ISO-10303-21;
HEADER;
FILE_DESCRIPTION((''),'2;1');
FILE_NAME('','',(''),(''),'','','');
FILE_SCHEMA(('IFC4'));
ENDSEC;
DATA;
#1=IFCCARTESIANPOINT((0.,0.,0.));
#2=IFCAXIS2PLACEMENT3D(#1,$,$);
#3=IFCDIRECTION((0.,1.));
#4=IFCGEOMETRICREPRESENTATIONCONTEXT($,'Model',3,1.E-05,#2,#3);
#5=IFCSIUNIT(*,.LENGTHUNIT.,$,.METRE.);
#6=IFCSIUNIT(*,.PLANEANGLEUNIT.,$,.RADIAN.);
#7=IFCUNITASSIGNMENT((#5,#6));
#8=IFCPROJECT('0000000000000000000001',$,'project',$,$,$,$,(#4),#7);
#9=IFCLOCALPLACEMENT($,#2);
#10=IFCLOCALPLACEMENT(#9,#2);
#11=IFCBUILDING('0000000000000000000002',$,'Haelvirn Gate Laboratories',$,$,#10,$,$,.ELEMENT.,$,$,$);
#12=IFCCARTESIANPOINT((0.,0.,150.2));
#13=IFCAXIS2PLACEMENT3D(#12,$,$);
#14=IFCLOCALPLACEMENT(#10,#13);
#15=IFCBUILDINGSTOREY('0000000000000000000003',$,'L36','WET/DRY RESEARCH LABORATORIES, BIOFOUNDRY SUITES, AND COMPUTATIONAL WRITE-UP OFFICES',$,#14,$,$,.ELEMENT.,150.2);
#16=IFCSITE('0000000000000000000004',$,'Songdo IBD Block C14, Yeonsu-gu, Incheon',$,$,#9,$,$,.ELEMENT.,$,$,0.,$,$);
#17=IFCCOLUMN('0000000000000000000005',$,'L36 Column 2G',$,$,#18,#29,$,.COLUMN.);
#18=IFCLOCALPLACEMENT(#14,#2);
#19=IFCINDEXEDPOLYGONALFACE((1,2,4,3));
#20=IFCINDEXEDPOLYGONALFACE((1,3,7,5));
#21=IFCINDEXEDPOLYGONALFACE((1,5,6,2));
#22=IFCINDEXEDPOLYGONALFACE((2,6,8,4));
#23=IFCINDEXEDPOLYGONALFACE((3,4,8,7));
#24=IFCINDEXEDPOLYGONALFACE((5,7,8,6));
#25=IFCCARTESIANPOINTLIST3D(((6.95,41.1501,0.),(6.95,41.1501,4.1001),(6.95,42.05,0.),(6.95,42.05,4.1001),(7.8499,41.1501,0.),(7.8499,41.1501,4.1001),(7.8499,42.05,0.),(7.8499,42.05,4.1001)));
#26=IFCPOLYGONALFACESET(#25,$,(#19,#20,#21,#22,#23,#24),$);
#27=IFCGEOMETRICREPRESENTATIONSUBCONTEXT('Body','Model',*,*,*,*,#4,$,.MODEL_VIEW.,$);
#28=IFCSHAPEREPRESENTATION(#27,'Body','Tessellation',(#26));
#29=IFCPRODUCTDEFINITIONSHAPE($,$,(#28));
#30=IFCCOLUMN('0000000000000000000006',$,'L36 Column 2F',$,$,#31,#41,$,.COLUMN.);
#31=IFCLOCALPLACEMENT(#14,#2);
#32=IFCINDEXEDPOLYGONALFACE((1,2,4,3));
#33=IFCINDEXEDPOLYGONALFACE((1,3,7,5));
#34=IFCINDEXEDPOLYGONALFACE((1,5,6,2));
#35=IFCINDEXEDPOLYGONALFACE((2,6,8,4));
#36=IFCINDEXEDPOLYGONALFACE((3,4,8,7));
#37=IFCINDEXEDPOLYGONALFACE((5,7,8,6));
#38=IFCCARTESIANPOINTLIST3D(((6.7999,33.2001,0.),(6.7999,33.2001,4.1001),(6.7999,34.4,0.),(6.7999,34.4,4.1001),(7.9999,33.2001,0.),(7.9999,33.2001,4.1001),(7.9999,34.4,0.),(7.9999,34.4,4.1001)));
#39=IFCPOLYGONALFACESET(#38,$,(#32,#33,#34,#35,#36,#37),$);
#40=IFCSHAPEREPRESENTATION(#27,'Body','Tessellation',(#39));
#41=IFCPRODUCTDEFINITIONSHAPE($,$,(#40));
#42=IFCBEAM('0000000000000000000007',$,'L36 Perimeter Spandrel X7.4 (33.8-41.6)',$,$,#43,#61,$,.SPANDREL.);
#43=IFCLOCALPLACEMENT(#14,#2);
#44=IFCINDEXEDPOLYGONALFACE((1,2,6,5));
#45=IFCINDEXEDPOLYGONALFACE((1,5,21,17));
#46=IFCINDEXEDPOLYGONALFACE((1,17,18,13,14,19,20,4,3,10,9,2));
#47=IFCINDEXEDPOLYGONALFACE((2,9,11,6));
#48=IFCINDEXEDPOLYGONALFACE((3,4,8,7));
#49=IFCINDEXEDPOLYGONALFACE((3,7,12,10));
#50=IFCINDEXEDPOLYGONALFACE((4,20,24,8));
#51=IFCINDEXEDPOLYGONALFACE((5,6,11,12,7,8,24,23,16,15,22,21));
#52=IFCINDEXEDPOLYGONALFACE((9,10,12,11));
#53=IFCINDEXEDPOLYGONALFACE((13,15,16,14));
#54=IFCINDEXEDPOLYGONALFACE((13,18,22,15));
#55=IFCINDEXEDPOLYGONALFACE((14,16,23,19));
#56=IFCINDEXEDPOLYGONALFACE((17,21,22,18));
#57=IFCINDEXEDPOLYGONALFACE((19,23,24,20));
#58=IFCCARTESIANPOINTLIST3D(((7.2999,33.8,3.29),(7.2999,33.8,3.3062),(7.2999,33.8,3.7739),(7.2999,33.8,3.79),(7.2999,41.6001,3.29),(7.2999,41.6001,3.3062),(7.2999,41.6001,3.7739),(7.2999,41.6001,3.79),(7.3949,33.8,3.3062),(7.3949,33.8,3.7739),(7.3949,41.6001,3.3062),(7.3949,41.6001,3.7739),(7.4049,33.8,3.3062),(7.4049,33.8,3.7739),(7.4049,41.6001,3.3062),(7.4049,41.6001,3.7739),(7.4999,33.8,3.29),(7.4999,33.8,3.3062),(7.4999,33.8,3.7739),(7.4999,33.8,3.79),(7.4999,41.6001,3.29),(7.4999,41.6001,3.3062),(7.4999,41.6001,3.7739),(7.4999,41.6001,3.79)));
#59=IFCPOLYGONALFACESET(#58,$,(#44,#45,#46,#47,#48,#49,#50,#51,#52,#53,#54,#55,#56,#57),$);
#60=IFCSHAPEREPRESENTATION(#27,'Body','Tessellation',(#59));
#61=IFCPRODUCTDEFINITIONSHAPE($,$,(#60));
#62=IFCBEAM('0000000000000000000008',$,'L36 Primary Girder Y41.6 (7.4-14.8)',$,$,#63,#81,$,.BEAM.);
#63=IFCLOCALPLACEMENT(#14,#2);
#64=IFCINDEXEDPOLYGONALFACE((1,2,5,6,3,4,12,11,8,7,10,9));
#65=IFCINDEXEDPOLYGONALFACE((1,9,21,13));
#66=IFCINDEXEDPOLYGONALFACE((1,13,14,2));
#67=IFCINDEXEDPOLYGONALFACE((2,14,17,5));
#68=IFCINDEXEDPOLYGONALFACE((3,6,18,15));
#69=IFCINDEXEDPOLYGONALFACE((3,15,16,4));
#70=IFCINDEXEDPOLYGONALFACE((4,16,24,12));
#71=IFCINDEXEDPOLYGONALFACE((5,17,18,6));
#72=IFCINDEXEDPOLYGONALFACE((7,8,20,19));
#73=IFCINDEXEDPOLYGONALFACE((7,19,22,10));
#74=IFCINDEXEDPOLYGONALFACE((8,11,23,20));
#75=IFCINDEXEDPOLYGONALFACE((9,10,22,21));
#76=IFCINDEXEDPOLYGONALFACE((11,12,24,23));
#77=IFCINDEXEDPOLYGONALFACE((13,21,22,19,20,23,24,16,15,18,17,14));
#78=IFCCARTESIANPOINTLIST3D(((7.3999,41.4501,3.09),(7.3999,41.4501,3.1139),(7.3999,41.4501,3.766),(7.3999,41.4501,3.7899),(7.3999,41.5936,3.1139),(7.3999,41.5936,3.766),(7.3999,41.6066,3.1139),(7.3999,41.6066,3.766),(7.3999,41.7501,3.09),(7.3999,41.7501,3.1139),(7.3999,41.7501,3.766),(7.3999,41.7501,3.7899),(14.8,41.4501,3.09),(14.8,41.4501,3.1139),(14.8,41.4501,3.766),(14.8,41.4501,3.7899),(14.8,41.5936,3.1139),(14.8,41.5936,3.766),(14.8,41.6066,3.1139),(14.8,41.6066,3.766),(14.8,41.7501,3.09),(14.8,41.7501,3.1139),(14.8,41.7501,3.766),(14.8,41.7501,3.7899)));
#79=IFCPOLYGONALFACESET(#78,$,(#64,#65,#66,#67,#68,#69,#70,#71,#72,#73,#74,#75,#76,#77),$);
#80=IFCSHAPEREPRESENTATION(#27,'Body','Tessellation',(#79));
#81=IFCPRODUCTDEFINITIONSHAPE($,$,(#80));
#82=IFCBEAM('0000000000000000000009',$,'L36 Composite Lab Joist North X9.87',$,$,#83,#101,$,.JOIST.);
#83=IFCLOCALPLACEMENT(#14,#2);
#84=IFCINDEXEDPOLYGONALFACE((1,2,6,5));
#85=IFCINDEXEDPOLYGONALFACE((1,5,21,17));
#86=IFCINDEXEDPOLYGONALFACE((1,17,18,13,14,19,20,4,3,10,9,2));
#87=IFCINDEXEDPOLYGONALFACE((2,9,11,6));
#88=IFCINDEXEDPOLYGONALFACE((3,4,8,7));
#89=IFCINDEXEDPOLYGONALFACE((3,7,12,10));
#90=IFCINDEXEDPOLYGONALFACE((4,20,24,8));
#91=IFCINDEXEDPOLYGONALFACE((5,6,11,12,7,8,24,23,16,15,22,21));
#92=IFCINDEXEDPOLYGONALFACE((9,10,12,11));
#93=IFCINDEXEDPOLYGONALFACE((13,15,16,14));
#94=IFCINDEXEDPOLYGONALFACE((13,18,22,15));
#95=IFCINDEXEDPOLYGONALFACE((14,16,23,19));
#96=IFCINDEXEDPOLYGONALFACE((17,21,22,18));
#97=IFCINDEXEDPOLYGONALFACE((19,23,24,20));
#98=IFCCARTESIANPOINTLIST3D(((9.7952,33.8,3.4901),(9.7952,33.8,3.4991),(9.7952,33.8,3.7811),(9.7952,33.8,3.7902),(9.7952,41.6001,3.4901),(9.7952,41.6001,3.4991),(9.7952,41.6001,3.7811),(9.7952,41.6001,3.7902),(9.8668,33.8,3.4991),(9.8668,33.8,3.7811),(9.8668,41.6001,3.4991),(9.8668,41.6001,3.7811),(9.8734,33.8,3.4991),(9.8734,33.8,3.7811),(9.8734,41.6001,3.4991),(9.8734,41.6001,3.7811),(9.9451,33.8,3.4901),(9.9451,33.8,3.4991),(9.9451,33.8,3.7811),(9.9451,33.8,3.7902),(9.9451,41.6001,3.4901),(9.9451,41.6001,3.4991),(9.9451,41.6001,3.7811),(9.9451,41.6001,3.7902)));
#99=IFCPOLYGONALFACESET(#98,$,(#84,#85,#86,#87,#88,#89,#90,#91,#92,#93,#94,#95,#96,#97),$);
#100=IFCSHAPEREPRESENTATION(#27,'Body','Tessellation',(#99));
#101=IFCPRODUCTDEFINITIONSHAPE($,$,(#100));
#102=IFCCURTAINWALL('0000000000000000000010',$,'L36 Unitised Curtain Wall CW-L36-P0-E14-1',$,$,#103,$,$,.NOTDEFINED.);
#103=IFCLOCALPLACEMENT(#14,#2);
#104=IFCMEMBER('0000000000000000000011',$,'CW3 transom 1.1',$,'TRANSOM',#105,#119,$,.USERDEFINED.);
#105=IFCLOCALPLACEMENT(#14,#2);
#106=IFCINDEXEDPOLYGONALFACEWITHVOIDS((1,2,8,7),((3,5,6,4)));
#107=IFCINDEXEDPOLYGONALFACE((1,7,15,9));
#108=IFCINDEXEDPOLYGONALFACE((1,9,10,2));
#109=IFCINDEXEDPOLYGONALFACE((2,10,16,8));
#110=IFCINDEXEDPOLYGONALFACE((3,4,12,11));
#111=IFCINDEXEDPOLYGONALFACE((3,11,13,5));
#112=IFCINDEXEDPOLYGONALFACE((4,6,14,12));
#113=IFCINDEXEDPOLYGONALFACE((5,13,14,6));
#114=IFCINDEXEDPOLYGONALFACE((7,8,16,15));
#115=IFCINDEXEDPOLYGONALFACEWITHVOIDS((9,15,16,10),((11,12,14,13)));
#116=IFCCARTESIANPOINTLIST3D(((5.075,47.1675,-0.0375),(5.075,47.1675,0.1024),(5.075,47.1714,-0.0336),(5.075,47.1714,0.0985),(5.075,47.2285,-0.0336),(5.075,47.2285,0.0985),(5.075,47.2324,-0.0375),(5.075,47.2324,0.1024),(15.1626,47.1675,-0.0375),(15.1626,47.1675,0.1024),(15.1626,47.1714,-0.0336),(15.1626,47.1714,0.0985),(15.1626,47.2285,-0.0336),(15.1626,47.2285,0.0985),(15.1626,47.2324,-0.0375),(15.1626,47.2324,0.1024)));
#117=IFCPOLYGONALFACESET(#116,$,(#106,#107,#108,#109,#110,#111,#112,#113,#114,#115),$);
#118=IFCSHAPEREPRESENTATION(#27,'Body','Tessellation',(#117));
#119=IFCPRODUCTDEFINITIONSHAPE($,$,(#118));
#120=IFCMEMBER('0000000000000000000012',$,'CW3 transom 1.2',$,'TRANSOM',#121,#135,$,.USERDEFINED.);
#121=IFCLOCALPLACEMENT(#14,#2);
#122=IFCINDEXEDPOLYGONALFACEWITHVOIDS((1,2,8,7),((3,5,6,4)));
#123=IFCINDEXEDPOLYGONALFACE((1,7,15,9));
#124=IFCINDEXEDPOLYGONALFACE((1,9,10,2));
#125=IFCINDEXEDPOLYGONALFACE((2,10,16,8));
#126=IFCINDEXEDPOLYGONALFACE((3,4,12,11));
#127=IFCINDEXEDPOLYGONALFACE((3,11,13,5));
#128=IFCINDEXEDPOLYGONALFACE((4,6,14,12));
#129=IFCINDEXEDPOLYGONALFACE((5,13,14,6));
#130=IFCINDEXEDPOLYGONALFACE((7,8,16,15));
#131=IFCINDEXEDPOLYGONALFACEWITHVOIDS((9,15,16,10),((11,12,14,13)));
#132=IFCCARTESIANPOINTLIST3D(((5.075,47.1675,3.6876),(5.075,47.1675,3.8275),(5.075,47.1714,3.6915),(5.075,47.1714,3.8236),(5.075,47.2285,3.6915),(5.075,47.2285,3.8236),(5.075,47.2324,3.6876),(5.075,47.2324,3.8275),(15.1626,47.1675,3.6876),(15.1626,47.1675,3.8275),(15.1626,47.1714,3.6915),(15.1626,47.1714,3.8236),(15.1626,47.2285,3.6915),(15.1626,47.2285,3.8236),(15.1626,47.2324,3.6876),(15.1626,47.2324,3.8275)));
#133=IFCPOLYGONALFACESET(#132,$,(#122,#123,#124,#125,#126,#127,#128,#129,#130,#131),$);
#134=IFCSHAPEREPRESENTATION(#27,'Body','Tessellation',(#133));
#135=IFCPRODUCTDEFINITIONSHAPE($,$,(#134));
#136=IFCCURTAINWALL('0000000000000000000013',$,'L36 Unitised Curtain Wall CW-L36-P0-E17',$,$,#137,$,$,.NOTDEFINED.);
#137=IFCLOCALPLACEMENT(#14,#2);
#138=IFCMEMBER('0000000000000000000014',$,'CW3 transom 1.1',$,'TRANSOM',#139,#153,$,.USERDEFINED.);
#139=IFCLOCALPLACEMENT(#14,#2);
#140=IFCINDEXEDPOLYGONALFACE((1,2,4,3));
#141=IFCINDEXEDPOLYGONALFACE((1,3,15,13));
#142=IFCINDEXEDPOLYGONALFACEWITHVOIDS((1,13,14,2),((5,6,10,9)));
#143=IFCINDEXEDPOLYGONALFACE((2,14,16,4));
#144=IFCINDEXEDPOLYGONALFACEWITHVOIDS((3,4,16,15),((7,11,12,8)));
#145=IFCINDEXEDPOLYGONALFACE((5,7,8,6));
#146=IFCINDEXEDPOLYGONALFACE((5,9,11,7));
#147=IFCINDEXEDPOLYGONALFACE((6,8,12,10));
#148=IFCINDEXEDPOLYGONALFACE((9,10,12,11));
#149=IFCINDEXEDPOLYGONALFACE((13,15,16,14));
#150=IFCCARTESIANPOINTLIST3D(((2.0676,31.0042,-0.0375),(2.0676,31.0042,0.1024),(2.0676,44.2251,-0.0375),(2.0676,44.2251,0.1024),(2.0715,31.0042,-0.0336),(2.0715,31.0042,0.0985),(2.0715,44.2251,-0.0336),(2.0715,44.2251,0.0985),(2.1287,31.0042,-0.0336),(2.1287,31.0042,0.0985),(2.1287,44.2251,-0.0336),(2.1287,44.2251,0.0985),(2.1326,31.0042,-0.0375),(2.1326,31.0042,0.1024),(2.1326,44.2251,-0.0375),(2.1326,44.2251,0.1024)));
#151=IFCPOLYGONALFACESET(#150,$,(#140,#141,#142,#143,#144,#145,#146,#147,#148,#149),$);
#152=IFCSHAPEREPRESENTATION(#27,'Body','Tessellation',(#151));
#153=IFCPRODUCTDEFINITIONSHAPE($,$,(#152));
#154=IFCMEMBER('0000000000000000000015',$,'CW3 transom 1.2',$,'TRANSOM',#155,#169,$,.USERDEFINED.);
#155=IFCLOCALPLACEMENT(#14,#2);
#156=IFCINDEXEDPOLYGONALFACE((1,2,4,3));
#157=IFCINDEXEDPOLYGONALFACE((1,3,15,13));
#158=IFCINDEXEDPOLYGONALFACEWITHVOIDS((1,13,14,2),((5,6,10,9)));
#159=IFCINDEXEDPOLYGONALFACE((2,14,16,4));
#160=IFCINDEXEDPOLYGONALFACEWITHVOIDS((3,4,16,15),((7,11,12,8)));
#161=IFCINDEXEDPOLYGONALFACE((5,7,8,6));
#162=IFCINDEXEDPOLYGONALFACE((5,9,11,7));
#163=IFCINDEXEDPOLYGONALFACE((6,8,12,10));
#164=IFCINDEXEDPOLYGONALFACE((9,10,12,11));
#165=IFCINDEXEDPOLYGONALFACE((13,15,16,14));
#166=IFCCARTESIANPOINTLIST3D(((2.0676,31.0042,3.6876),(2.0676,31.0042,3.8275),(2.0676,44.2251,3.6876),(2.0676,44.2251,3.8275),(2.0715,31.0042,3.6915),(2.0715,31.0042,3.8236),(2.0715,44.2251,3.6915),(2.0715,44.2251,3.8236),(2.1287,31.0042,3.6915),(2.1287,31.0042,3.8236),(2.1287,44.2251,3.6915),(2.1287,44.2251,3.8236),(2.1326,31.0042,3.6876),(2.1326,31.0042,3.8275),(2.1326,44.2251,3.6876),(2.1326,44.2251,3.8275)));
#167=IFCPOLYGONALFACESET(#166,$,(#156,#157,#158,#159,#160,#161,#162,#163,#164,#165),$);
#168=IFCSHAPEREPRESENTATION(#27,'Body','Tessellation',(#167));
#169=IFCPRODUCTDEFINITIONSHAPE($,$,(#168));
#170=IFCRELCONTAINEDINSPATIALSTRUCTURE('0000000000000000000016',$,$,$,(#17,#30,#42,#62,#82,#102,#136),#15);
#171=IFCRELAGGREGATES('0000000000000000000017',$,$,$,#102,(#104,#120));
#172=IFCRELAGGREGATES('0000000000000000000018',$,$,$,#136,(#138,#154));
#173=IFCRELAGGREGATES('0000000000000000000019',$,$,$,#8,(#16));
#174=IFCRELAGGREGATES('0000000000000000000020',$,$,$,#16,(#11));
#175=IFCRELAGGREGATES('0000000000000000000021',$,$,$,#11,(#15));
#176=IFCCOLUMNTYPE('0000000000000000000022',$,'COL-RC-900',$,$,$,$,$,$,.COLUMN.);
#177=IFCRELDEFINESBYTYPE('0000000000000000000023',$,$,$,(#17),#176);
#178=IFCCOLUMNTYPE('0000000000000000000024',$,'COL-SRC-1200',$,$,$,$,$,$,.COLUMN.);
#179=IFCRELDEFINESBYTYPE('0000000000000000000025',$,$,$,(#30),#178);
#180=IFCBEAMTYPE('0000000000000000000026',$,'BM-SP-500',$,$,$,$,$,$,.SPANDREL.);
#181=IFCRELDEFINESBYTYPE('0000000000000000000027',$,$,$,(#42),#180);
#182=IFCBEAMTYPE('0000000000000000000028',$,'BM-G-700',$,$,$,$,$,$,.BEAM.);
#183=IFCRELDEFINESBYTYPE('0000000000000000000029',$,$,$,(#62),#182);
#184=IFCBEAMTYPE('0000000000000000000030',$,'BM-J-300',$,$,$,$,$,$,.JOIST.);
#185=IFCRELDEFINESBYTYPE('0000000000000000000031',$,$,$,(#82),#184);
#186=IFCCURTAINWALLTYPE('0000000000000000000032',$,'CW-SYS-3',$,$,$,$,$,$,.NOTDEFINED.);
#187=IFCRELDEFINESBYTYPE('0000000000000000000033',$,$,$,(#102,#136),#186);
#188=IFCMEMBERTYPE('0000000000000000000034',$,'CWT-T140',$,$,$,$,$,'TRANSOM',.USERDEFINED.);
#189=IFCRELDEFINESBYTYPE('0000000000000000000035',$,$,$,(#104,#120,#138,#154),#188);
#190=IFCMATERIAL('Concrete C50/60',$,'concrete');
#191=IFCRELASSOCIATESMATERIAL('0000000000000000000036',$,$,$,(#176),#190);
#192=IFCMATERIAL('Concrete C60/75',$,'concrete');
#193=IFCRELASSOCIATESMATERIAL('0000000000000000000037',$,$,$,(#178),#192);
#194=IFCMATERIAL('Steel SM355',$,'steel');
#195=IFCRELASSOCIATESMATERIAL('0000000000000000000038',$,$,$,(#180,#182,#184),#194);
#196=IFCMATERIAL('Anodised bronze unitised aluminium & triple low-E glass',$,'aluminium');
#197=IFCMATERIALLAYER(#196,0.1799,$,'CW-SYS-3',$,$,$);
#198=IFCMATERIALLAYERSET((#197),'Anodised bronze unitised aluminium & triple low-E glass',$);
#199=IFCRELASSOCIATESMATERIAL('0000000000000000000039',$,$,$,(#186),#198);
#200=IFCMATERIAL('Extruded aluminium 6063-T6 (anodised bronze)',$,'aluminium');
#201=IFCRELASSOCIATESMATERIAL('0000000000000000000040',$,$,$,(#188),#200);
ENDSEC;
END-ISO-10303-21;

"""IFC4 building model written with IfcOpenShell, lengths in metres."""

from ifc_helpers import new_model, si_unit, direction, frame, origin, origin_2d, place, context, subcontext, project, spatial, rectangle, hollow_rectangle, i_section, extrude, source, transform, mapped, material, layer, layer_set, material_profile, profile_set, type_object, type_shapes, element, aggregate, save


model = new_model("IFC4")

# Units and contexts
model_context = context("Model", 3, precision=1e-05, world=origin(), true_north=direction((0.0, 1.0)))
body_context = subcontext(model_context, "Body", "Model", "MODEL_VIEW")
ifc_project = project(units=[si_unit("LENGTHUNIT", "METRE"), si_unit("PLANEANGLEUNIT", "RADIAN")], contexts=[model_context])

# Site, building, storey
site_placement = place(None, origin())
site = spatial("IfcSite", under=ifc_project, at=site_placement, Name="Songdo IBD Block C14, Yeonsu-gu, Incheon", CompositionType="ELEMENT", RefElevation=0.0)
building_placement = place(site_placement, origin())
building = spatial("IfcBuilding", under=site, at=building_placement, Name="Haelvirn Gate Laboratories", CompositionType="ELEMENT")
storey_placement = place(building_placement, frame((0.0, 0.0, 150.2)))
storey = spatial("IfcBuildingStorey", under=building, at=storey_placement, Name="L36", Description="WET/DRY RESEARCH LABORATORIES, BIOFOUNDRY SUITES, AND COMPUTATIONAL WRITE-UP OFFICES", CompositionType="ELEMENT", Elevation=150.2)

# Columns
ifc_material_1 = material(Name="Concrete C50/60", Category="concrete")
ifc_material_profile_1 = material_profile(ifc_material_1, rectangle(XDim=0.8999, YDim=0.8999, at=origin_2d()), Name="RC-900x900")
ifc_profile_set_1 = profile_set([ifc_material_profile_1], Name="Concrete C50/60")
column_type_1 = type_object("IfcColumnType", Name="COL-RC-900", PredefinedType="COLUMN", material=ifc_profile_set_1)
shared_shape_1 = source(origin(), body_context, "Body", "SweptSolid", [
    extrude(rectangle(XDim=0.8999, YDim=0.8999, at=origin_2d()), origin(), (0.0, 0.0, 1.0), 4.1001),
])
type_shapes(column_type_1, [shared_shape_1])
column_1_placement = place(storey_placement, frame((7.3999, 41.6001, 0.0), z_axis=(0.0, 0.0, 1.0), x_axis=(1.0, 0.0, 0.0)))
element("IfcColumn", 1, at=column_1_placement, inside=storey, type_object=column_type_1, Name="L36 Column 2G", PredefinedType="COLUMN", context=body_context, shape_type="MappedRepresentation", body=[
    mapped(shared_shape_1, transform((0.0, 0.0, 0.0), scale=1.0)),
])
ifc_material_2 = material(Name="Concrete C60/75", Category="concrete")
ifc_material_profile_2 = material_profile(ifc_material_2, rectangle(XDim=1.2, YDim=1.2, at=origin_2d()), Name="SRC-1200x1200")
ifc_profile_set_2 = profile_set([ifc_material_profile_2], Name="Concrete C60/75")
column_type_2 = type_object("IfcColumnType", Name="COL-SRC-1200", PredefinedType="COLUMN", material=ifc_profile_set_2)
shared_shape_2 = source(origin(), body_context, "Body", "SweptSolid", [
    extrude(rectangle(XDim=1.2, YDim=1.2, at=origin_2d()), origin(), (0.0, 0.0, 1.0), 4.1001),
])
type_shapes(column_type_2, [shared_shape_2])
column_2_placement = place(storey_placement, frame((7.3999, 33.8, 0.0), z_axis=(0.0, 0.0, 1.0), x_axis=(1.0, 0.0, 0.0)))
element("IfcColumn", 2, at=column_2_placement, inside=storey, type_object=column_type_2, Name="L36 Column 2F", PredefinedType="COLUMN", context=body_context, shape_type="MappedRepresentation", body=[
    mapped(shared_shape_2, transform((0.0, 0.0, 0.0), scale=1.0)),
])

# Beams
ifc_material_3 = material(Name="Steel SM355", Category="steel")
ifc_material_profile_3 = material_profile(ifc_material_3, i_section(OverallWidth=0.2, OverallDepth=0.5, WebThickness=0.01, FlangeThickness=0.0161, at=origin_2d()), Name="H-500x200x10x16")
ifc_profile_set_3 = profile_set([ifc_material_profile_3], Name="Steel SM355")
beam_type_1 = type_object("IfcBeamType", Name="BM-SP-500", PredefinedType="SPANDREL", material=ifc_profile_set_3)
shared_shape_3 = source(origin(), body_context, "Body", "SweptSolid", [
    extrude(i_section(OverallWidth=0.2, OverallDepth=0.5, WebThickness=0.01, FlangeThickness=0.0161, at=origin_2d()), origin(), (0.0, 0.0, 1.0), 7.8),
])
type_shapes(beam_type_1, [shared_shape_3])
beam_1_placement = place(storey_placement, frame((7.3999, 33.8, 3.54), z_axis=(0.0, 1.0, 0.0), x_axis=(-1.0, 0.0, 0.0)))
element("IfcBeam", 3, at=beam_1_placement, inside=storey, type_object=beam_type_1, Name="L36 Perimeter Spandrel X7.4 (33.8-41.6)", PredefinedType="SPANDREL", context=body_context, shape_type="MappedRepresentation", body=[
    mapped(shared_shape_3, transform((0.0, 0.0, 0.0), scale=1.0)),
])
ifc_material_profile_4 = material_profile(ifc_material_3, i_section(OverallWidth=0.3, OverallDepth=0.7, WebThickness=0.0129, FlangeThickness=0.0239, at=origin_2d()), Name="H-700x300x13x24")
ifc_profile_set_4 = profile_set([ifc_material_profile_4], Name="Steel SM355")
beam_type_2 = type_object("IfcBeamType", Name="BM-G-700", PredefinedType="BEAM", material=ifc_profile_set_4)
shared_shape_4 = source(origin(), body_context, "Body", "SweptSolid", [
    extrude(i_section(OverallWidth=0.3, OverallDepth=0.7, WebThickness=0.0129, FlangeThickness=0.0239, at=origin_2d()), origin(), (0.0, 0.0, 1.0), 7.4001),
])
type_shapes(beam_type_2, [shared_shape_4])
beam_2_placement = place(storey_placement, frame((7.3999, 41.6001, 3.4399), z_axis=(1.0, 0.0, 0.0), x_axis=(0.0, 1.0, 0.0)))
element("IfcBeam", 4, at=beam_2_placement, inside=storey, type_object=beam_type_2, Name="L36 Primary Girder Y41.6 (7.4-14.8)", PredefinedType="BEAM", context=body_context, shape_type="MappedRepresentation", body=[
    mapped(shared_shape_4, transform((0.0, 0.0, 0.0), scale=1.0)),
])
ifc_material_profile_5 = material_profile(ifc_material_3, i_section(OverallWidth=0.1499, OverallDepth=0.3, WebThickness=0.0066, FlangeThickness=0.009, at=origin_2d()), Name="H-300x150x6.5x9")
ifc_profile_set_5 = profile_set([ifc_material_profile_5], Name="Steel SM355")
beam_type_3 = type_object("IfcBeamType", Name="BM-J-300", PredefinedType="JOIST", material=ifc_profile_set_5)
shared_shape_5 = source(origin(), body_context, "Body", "SweptSolid", [
    extrude(i_section(OverallWidth=0.1499, OverallDepth=0.3, WebThickness=0.0066, FlangeThickness=0.009, at=origin_2d()), origin(), (0.0, 0.0, 1.0), 7.8),
])
type_shapes(beam_type_3, [shared_shape_5])
beam_3_placement = place(storey_placement, frame((9.8701, 33.8, 3.6401), z_axis=(0.0, 1.0, 0.0), x_axis=(-1.0, 0.0, 0.0)))
element("IfcBeam", 5, at=beam_3_placement, inside=storey, type_object=beam_type_3, Name="L36 Composite Lab Joist North X9.87", PredefinedType="JOIST", context=body_context, shape_type="MappedRepresentation", body=[
    mapped(shared_shape_5, transform((0.0, 0.0, 0.0), scale=1.0)),
])

# Curtain walls, members
ifc_material_4 = material(Name="Anodised bronze unitised aluminium & triple low-E glass", Category="aluminium")
ifc_layer_1 = layer(ifc_material_4, 0.1799, Name="CW-SYS-3")
ifc_layer_set_1 = layer_set([ifc_layer_1], Name="Anodised bronze unitised aluminium & triple low-E glass")
curtain_wall_type_1 = type_object("IfcCurtainWallType", Name="CW-SYS-3", PredefinedType="NOTDEFINED", material=ifc_layer_set_1)
curtain_wall_1_placement = place(storey_placement, origin())
curtain_wall_1 = element("IfcCurtainWall", 6, at=curtain_wall_1_placement, inside=storey, type_object=curtain_wall_type_1, Name="L36 Unitised Curtain Wall CW-L36-P0-E14-1", PredefinedType="NOTDEFINED")
ifc_material_5 = material(Name="Extruded aluminium 6063-T6 (anodised bronze)", Category="aluminium")
ifc_material_profile_6 = material_profile(ifc_material_5, hollow_rectangle(XDim=0.0649, YDim=0.1399, WallThickness=0.0039, at=origin_2d()), Name="CWT-140x65x4")
ifc_profile_set_6 = profile_set([ifc_material_profile_6], Name="Extruded aluminium 6063-T6 (anodised bronze)")
member_type_1 = type_object("IfcMemberType", Name="CWT-T140", ElementType="TRANSOM", PredefinedType="USERDEFINED", material=ifc_profile_set_6)
shared_shape_6 = source(origin(), body_context, "Body", "SweptSolid", [
    extrude(hollow_rectangle(XDim=0.0649, YDim=0.1399, WallThickness=0.0039, at=origin_2d()), origin(), (0.0, 0.0, 1.0), 10.0876),
])
member_1_placement = place(storey_placement, frame((5.075, 47.2, 0.0325), z_axis=(1.0, 0.0, 0.0), x_axis=(0.0, 1.0, 0.0)))
member_1 = element("IfcMember", 7, at=member_1_placement, type_object=member_type_1, Name="CW3 transom 1.1", ObjectType="TRANSOM", PredefinedType="USERDEFINED", context=body_context, shape_type="MappedRepresentation", body=[
    mapped(shared_shape_6, transform((0.0, 0.0, 0.0), scale=1.0)),
])
member_2_placement = place(storey_placement, frame((5.075, 47.2, 3.7576), z_axis=(1.0, 0.0, 0.0), x_axis=(0.0, 1.0, 0.0)))
member_2 = element("IfcMember", 8, at=member_2_placement, type_object=member_type_1, Name="CW3 transom 1.2", ObjectType="TRANSOM", PredefinedType="USERDEFINED", context=body_context, shape_type="MappedRepresentation", body=[
    mapped(shared_shape_6, transform((0.0, 0.0, 0.0), scale=1.0)),
])
curtain_wall_2_placement = place(storey_placement, origin())
curtain_wall_2 = element("IfcCurtainWall", 9, at=curtain_wall_2_placement, inside=storey, type_object=curtain_wall_type_1, Name="L36 Unitised Curtain Wall CW-L36-P0-E17", PredefinedType="NOTDEFINED")
shared_shape_7 = source(origin(), body_context, "Body", "SweptSolid", [
    extrude(hollow_rectangle(XDim=0.0649, YDim=0.1399, WallThickness=0.0039, at=origin_2d()), origin(), (0.0, 0.0, 1.0), 13.2209),
])
member_3_placement = place(storey_placement, frame((2.1001, 44.2251, 0.0325), z_axis=(0.0, -1.0, 0.0), x_axis=(1.0, 0.0, 0.0)))
member_3 = element("IfcMember", 10, at=member_3_placement, type_object=member_type_1, Name="CW3 transom 1.1", ObjectType="TRANSOM", PredefinedType="USERDEFINED", context=body_context, shape_type="MappedRepresentation", body=[
    mapped(shared_shape_7, transform((0.0, 0.0, 0.0), scale=1.0)),
])
member_4_placement = place(storey_placement, frame((2.1001, 44.2251, 3.7576), z_axis=(0.0, -1.0, 0.0), x_axis=(1.0, 0.0, 0.0)))
member_4 = element("IfcMember", 11, at=member_4_placement, type_object=member_type_1, Name="CW3 transom 1.2", ObjectType="TRANSOM", PredefinedType="USERDEFINED", context=body_context, shape_type="MappedRepresentation", body=[
    mapped(shared_shape_7, transform((0.0, 0.0, 0.0), scale=1.0)),
])

aggregate(curtain_wall_1, [member_1, member_2])
aggregate(curtain_wall_2, [member_3, member_4])

save(model, "model.ifc")
